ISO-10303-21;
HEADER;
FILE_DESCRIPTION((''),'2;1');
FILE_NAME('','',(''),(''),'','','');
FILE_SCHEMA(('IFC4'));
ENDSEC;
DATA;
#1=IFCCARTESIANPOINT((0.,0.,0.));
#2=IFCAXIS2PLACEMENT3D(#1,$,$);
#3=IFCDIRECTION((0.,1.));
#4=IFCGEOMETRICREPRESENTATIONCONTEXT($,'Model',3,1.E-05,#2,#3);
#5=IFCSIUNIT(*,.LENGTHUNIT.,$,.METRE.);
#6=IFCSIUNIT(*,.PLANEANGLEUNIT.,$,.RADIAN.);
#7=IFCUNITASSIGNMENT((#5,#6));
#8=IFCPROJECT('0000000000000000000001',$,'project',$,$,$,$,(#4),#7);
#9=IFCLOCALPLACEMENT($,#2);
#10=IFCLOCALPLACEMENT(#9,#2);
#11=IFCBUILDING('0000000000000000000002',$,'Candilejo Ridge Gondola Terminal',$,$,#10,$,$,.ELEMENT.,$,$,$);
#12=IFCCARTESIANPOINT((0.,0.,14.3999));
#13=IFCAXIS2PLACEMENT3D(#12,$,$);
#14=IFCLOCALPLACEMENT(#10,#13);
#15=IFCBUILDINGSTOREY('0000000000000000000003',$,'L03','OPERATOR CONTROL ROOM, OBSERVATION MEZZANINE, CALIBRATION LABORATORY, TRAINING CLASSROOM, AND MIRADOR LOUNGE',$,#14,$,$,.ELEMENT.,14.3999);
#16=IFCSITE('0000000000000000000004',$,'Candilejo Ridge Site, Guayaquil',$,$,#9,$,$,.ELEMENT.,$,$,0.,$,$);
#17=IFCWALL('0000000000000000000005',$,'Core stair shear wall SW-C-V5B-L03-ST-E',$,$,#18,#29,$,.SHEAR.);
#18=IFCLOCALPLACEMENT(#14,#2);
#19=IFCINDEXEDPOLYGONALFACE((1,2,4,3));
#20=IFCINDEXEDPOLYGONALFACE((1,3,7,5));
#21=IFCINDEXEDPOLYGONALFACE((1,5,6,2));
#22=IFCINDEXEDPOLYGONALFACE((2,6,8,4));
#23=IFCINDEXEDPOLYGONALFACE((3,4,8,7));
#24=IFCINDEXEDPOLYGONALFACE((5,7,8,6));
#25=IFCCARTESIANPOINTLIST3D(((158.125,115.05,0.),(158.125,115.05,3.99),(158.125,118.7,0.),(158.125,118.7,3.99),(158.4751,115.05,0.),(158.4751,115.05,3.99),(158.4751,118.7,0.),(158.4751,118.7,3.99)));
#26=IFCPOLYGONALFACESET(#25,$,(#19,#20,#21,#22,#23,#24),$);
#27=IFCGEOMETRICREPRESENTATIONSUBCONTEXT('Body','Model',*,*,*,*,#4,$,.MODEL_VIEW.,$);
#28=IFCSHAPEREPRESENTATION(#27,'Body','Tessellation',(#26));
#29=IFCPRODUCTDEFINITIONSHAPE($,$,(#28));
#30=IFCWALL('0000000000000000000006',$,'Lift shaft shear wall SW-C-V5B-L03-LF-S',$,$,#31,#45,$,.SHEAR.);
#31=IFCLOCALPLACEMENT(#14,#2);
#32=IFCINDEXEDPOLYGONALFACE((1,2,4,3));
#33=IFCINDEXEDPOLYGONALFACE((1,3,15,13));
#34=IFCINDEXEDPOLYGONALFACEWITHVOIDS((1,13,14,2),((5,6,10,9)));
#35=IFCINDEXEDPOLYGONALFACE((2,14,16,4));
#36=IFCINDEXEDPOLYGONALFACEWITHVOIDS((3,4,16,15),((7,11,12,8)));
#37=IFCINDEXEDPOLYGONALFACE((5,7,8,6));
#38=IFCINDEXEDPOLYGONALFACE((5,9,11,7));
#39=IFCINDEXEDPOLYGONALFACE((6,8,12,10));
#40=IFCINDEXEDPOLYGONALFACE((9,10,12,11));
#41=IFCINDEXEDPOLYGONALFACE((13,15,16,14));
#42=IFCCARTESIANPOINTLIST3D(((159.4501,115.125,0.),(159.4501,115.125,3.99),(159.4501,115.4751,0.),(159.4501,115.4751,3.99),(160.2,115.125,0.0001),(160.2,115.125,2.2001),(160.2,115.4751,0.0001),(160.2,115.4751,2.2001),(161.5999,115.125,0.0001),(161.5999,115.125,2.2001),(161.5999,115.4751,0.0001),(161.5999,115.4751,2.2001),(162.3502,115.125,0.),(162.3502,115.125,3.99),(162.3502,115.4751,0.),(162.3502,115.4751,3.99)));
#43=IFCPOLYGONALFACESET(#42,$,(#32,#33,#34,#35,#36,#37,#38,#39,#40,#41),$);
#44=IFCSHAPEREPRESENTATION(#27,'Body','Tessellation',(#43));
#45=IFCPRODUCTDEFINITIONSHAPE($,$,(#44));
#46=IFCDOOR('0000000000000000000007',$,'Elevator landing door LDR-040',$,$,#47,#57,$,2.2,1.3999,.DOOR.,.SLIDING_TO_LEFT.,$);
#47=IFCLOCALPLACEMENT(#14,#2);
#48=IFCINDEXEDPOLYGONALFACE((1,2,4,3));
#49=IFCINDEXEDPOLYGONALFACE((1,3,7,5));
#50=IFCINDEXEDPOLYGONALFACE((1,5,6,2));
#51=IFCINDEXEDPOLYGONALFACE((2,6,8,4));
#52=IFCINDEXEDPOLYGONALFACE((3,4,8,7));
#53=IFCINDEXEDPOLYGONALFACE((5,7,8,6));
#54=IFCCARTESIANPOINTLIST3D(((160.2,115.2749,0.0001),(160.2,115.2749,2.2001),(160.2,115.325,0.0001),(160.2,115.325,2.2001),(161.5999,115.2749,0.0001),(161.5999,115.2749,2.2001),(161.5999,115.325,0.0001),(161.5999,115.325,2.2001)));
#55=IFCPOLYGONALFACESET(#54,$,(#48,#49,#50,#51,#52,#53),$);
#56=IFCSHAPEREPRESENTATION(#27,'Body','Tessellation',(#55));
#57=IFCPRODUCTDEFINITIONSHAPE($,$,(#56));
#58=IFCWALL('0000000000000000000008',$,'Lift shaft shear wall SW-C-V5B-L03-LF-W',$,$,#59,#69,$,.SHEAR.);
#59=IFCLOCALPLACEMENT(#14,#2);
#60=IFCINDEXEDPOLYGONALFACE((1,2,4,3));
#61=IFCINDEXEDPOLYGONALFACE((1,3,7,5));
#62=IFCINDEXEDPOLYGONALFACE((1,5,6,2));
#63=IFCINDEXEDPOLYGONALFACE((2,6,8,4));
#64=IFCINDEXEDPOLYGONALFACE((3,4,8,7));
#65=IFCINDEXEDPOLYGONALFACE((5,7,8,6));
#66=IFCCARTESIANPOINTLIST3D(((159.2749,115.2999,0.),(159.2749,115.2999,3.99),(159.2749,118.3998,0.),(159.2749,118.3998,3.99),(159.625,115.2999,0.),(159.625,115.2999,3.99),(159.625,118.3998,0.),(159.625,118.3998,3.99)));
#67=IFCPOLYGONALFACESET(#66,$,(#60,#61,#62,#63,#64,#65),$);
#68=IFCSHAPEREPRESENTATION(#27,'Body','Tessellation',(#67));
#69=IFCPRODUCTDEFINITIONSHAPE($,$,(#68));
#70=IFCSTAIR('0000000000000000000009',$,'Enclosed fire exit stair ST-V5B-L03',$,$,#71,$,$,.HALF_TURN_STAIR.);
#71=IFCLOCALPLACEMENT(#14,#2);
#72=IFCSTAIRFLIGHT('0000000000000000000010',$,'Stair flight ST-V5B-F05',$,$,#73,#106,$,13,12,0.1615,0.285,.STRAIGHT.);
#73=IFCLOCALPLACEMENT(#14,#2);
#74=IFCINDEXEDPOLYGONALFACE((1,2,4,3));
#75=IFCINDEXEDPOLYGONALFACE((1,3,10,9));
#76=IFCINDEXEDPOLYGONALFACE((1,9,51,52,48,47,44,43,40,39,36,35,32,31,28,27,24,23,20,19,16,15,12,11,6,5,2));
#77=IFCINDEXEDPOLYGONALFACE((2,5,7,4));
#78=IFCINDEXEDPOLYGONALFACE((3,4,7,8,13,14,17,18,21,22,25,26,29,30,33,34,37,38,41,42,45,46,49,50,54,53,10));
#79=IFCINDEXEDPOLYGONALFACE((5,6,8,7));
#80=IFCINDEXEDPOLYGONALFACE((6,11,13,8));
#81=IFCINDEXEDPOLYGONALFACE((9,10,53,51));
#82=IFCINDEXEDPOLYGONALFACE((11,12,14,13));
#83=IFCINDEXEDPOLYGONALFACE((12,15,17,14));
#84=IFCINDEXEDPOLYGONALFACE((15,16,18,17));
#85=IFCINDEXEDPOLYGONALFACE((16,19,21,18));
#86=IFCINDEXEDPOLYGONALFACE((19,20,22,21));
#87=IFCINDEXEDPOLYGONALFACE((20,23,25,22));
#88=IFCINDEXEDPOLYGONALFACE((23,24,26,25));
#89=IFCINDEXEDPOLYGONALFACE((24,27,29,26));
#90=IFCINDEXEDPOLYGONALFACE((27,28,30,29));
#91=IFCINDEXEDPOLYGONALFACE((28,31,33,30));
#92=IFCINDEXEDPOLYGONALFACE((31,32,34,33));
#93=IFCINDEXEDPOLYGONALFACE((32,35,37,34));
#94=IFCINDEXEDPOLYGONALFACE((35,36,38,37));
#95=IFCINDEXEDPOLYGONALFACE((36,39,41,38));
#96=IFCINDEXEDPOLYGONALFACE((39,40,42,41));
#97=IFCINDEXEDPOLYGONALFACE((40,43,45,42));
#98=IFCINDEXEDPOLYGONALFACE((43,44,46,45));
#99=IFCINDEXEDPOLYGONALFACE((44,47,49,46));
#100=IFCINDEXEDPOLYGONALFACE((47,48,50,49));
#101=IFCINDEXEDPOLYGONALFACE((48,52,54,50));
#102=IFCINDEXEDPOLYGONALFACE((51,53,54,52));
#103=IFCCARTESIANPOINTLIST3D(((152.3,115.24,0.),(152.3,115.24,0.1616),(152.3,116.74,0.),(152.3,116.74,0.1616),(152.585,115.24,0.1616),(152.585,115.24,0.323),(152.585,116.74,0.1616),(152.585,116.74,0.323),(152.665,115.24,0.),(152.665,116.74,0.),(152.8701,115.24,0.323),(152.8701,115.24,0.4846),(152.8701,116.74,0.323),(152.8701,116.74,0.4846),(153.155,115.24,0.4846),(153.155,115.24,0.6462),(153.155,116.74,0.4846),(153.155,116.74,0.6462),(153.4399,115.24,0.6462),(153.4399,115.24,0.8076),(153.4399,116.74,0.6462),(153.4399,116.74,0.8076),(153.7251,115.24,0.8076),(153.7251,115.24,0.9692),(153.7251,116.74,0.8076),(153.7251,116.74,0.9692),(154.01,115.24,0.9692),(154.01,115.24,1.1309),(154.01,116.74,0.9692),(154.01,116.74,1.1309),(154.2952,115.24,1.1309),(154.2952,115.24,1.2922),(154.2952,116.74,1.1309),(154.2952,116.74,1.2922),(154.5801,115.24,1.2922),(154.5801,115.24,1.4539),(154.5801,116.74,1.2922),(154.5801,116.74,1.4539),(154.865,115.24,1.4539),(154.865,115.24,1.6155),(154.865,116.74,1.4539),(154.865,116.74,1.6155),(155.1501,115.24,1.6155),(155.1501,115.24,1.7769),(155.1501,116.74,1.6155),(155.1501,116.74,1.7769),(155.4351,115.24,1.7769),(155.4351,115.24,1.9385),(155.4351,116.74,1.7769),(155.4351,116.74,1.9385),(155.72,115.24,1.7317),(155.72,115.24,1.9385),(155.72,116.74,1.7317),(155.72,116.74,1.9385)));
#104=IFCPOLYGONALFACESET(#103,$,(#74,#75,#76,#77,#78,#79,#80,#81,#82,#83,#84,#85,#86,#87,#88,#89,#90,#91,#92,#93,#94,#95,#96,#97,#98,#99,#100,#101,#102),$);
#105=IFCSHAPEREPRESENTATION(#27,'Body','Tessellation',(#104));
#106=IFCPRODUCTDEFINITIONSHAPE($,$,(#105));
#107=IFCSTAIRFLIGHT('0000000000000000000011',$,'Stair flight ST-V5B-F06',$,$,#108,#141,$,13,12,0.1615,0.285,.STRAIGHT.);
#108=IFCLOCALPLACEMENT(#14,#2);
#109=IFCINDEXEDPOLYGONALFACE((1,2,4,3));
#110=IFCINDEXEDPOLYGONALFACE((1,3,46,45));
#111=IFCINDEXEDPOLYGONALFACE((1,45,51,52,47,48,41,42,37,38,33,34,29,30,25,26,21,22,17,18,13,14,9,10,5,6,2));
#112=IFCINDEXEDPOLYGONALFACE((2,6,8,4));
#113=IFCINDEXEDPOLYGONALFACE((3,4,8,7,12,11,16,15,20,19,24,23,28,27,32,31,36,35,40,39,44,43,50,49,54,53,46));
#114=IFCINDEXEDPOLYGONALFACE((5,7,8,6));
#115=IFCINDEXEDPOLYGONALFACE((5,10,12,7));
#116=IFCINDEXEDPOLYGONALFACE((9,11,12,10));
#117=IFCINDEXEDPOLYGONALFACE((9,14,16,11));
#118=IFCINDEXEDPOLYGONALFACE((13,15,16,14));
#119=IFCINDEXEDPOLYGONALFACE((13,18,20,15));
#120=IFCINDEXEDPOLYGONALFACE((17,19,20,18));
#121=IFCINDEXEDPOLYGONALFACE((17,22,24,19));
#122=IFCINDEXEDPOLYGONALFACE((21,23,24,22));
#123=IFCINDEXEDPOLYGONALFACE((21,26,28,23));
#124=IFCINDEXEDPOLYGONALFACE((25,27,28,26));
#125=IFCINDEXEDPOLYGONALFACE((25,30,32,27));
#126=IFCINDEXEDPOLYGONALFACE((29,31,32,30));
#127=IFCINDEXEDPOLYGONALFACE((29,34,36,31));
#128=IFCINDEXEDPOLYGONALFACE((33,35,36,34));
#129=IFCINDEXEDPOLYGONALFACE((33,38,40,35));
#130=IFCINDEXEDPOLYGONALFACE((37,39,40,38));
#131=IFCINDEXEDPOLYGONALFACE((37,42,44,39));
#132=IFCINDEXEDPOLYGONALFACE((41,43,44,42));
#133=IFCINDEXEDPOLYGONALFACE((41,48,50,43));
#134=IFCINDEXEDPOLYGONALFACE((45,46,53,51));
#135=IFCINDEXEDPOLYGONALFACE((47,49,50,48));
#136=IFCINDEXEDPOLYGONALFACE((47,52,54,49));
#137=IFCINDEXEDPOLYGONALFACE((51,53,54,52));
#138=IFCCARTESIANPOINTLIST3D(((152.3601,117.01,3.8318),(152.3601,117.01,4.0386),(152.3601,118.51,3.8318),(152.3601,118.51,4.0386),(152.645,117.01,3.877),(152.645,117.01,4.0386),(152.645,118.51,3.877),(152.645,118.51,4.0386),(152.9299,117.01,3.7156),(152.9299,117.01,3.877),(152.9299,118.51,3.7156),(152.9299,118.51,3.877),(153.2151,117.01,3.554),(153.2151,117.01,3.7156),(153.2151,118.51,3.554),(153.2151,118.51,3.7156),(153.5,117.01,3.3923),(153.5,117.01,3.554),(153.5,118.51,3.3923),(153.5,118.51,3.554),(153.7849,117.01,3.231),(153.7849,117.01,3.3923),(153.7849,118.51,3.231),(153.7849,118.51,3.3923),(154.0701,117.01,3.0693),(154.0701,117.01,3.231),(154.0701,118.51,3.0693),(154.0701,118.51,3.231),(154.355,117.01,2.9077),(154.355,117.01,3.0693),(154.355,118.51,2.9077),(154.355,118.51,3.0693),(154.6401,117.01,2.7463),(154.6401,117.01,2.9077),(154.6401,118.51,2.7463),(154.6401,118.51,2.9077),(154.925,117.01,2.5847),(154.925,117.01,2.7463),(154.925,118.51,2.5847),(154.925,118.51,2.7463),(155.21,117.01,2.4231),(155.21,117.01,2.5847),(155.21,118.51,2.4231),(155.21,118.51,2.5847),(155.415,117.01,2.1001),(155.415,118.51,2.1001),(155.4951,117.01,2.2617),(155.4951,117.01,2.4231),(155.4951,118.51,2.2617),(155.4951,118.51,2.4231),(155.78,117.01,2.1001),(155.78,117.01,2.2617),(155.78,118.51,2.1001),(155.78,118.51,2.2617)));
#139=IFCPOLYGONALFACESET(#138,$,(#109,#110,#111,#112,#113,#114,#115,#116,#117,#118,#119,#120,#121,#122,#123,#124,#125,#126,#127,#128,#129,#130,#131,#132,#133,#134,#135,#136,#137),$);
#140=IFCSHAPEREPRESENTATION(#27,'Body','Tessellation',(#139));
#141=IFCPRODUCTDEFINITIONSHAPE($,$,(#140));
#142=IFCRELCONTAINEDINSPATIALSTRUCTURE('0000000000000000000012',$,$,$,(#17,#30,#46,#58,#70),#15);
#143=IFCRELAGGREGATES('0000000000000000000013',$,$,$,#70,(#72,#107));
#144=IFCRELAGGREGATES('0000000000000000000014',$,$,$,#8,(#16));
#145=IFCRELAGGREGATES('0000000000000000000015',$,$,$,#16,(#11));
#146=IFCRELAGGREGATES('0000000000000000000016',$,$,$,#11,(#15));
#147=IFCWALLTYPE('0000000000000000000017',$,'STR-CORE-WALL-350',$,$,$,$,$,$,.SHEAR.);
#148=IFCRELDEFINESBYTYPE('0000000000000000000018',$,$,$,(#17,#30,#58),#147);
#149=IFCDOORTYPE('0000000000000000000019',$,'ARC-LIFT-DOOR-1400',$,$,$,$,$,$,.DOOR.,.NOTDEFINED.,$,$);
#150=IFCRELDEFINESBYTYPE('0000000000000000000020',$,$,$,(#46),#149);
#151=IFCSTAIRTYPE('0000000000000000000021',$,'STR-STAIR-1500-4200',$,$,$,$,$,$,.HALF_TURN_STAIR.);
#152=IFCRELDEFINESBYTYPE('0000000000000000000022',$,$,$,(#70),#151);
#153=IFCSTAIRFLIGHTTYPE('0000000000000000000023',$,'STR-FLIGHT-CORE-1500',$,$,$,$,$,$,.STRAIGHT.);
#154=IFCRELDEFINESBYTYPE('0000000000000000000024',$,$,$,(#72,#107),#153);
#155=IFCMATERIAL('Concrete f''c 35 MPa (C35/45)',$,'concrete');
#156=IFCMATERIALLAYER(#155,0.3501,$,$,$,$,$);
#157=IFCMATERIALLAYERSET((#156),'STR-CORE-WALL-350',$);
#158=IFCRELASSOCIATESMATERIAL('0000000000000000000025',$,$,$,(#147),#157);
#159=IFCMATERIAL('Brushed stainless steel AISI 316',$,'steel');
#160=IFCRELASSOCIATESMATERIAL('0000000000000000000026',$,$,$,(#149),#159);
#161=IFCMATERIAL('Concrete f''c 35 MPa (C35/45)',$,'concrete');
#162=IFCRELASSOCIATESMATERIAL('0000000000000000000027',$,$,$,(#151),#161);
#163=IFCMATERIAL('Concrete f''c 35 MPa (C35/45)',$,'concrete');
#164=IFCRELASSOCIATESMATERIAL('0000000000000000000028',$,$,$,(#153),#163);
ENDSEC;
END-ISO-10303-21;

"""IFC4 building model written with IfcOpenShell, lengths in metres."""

from ifc_helpers import new_model, si_unit, direction, frame, frame_2d, origin, place, context, subcontext, project, spatial, polyline, rectangle, outline, extrude, material, layer, layer_set, type_object, element, fill, aggregate, save


model = new_model("IFC4")

# Units and contexts
model_context = context("Model", 3, precision=1e-05, world=origin(), true_north=direction((0.0, 1.0)))
body_context = subcontext(model_context, "Body", "Model", "MODEL_VIEW")
ifc_project = project(units=[si_unit("LENGTHUNIT", "METRE"), si_unit("PLANEANGLEUNIT", "RADIAN")], contexts=[model_context])

# Site, building, storey
site_placement = place(None, origin())
site = spatial("IfcSite", under=ifc_project, at=site_placement, Name="Candilejo Ridge Site, Guayaquil", CompositionType="ELEMENT", RefElevation=0.0)
building_placement = place(site_placement, origin())
building = spatial("IfcBuilding", under=site, at=building_placement, Name="Candilejo Ridge Gondola Terminal", CompositionType="ELEMENT")
storey_placement = place(building_placement, frame((0.0, 0.0, 14.3999)))
storey = spatial("IfcBuildingStorey", under=building, at=storey_placement, Name="L03", Description="OPERATOR CONTROL ROOM, OBSERVATION MEZZANINE, CALIBRATION LABORATORY, TRAINING CLASSROOM, AND MIRADOR LOUNGE", CompositionType="ELEMENT", Elevation=14.3999)

# Shared definitions
ifc_material_1 = material(Name="Concrete f'c 35 MPa (C35/45)", Category="concrete")
ifc_layer_1 = layer(ifc_material_1, 0.3501)
ifc_layer_set_1 = layer_set([ifc_layer_1], Name="STR-CORE-WALL-350")
wall_type = type_object("IfcWallType", Name="STR-CORE-WALL-350", PredefinedType="SHEAR", material=ifc_layer_set_1)

# Wall
wall_1_placement = place(storey_placement, frame((158.3, 115.05, 0.0), z_axis=(0.0, 0.0, 1.0), x_axis=(0.0, 1.0, 0.0)))
element("IfcWall", 1, at=wall_1_placement, inside=storey, type_object=wall_type, Name="Core stair shear wall SW-C-V5B-L03-ST-E", PredefinedType="SHEAR", context=body_context, shape_type="SweptSolid", body=[
    extrude(rectangle(XDim=3.6499, YDim=0.3501, at=frame_2d((1.825, 0.0))), origin(), (0.0, 0.0, 1.0), 3.99),
])

# Wall, opening, door
wall_2_placement = place(storey_placement, frame((159.45, 115.3, 0.0), z_axis=(0.0, 0.0, 1.0), x_axis=(1.0, 0.0, 0.0)))
wall_2 = element("IfcWall", 2, at=wall_2_placement, inside=storey, type_object=wall_type, Name="Lift shaft shear wall SW-C-V5B-L03-LF-S", PredefinedType="SHEAR", context=body_context, shape_type="SweptSolid", body=[
    extrude(rectangle(XDim=2.9001, YDim=0.3501, at=frame_2d((1.4502, 0.0))), origin(), (0.0, 0.0, 1.0), 3.99),
])
opening_1_placement = place(wall_2_placement, frame((0.75, 0.0, 0.0)))
opening_1 = element("IfcOpeningElement", 3, at=opening_1_placement, cuts=wall_2, PredefinedType="OPENING", context=body_context, shape_type="SweptSolid", body=[
    extrude(rectangle(XDim=1.3999, YDim=2.2, at=frame_2d((0.7, 1.1001))), frame((0.0, 0.1851, 0.0), z_axis=(0.0, -1.0, 0.0), x_axis=(1.0, 0.0, 0.0)), (0.0, 0.0, 1.0), 0.3701),
])
ifc_material_2 = material(Name="Brushed stainless steel AISI 316", Category="steel")
door_type_1 = type_object("IfcDoorType", Name="ARC-LIFT-DOOR-1400", OperationType="NOTDEFINED", PredefinedType="DOOR", material=ifc_material_2)
door_1_placement = place(opening_1_placement, origin())
door_1 = element("IfcDoor", 4, at=door_1_placement, inside=storey, type_object=door_type_1, Name="Elevator landing door LDR-040", OperationType="SLIDING_TO_LEFT", OverallHeight=2.2, OverallWidth=1.3999, PredefinedType="DOOR", context=body_context, shape_type="SweptSolid", body=[
    extrude(rectangle(XDim=1.3999, YDim=2.2, at=frame_2d((0.7, 1.1001))), frame((0.0, 0.0249, 0.0), z_axis=(0.0, -1.0, 0.0), x_axis=(1.0, 0.0, 0.0)), (0.0, 0.0, 1.0), 0.05),
])
fill(opening_1, door_1)

# Wall
wall_3_placement = place(storey_placement, frame((159.45, 115.3, 0.0), z_axis=(0.0, 0.0, 1.0), x_axis=(0.0, 1.0, 0.0)))
element("IfcWall", 5, at=wall_3_placement, inside=storey, type_object=wall_type, Name="Lift shaft shear wall SW-C-V5B-L03-LF-W", PredefinedType="SHEAR", context=body_context, shape_type="SweptSolid", body=[
    extrude(rectangle(XDim=3.0999, YDim=0.3501, at=frame_2d((1.5498, 0.0))), origin(), (0.0, 0.0, 1.0), 3.99),
])

# Stair, stair flights
ifc_material_3 = material(Name="Concrete f'c 35 MPa (C35/45)", Category="concrete")
stair_type = type_object("IfcStairType", Name="STR-STAIR-1500-4200", PredefinedType="HALF_TURN_STAIR", material=ifc_material_3)
stair_placement = place(storey_placement, origin())
stair = element("IfcStair", 6, at=stair_placement, inside=storey, type_object=stair_type, Name="Enclosed fire exit stair ST-V5B-L03", PredefinedType="HALF_TURN_STAIR")
ifc_material_4 = material(Name="Concrete f'c 35 MPa (C35/45)", Category="concrete")
stair_flight_type = type_object("IfcStairFlightType", Name="STR-FLIGHT-CORE-1500", PredefinedType="STRAIGHT", material=ifc_material_4)
stair_flight_1_placement = place(storey_placement, frame((152.3, 115.99, 0.0), z_axis=(0.0, 0.0, 1.0), x_axis=(1.0, 0.0, 0.0)))
stair_flight_1 = element("IfcStairFlight", 7, at=stair_flight_1_placement, type_object=stair_flight_type, Name="Stair flight ST-V5B-F05", NumberOfRisers=13, NumberOfTreads=12, PredefinedType="STRAIGHT", RiserHeight=0.1615, TreadLength=0.285, context=body_context, shape_type="SweptSolid", body=[
    extrude(outline(polyline([(0.0, 0.0), (0.0, 0.1616), (0.2849, 0.1616), (0.2849, 0.323), (0.5701, 0.323), (0.5701, 0.4846), (0.855, 0.4846), (0.855, 0.6462), (1.1399, 0.6462), (1.1399, 0.8076), (1.425, 0.8076), (1.425, 0.9692), (1.71, 0.9692), (1.71, 1.1309), (1.9951, 1.1309), (1.9951, 1.2922), (2.28, 1.2922), (2.28, 1.4539), (2.5649, 1.4539), (2.5649, 1.6155), (2.8501, 1.6155), (2.8501, 1.7769), (3.135, 1.7769), (3.135, 1.9385), (3.4199, 1.9385), (3.4199, 2.1001), (3.4199, 1.7317), (0.365, 0.0), (0.0, 0.0)])), frame((0.0, 0.75, 0.0), z_axis=(0.0, -1.0, 0.0), x_axis=(1.0, 0.0, 0.0)), (0.0, 0.0, 1.0), 1.5),
])
stair_flight_2_placement = place(storey_placement, frame((155.78, 117.76, 2.1001), z_axis=(0.0, 0.0, 1.0), x_axis=(-1.0, 0.0, 0.0)))
stair_flight_2 = element("IfcStairFlight", 8, at=stair_flight_2_placement, type_object=stair_flight_type, Name="Stair flight ST-V5B-F06", NumberOfRisers=13, NumberOfTreads=12, PredefinedType="STRAIGHT", RiserHeight=0.1615, TreadLength=0.285, context=body_context, shape_type="SweptSolid", body=[
    extrude(outline(polyline([(0.0, 0.0), (0.0, 0.1616), (0.2849, 0.1616), (0.2849, 0.323), (0.5701, 0.323), (0.5701, 0.4846), (0.855, 0.4846), (0.855, 0.6462), (1.1399, 0.6462), (1.1399, 0.8076), (1.425, 0.8076), (1.425, 0.9692), (1.71, 0.9692), (1.71, 1.1309), (1.9951, 1.1309), (1.9951, 1.2922), (2.28, 1.2922), (2.28, 1.4539), (2.5649, 1.4539), (2.5649, 1.6155), (2.8501, 1.6155), (2.8501, 1.7769), (3.135, 1.7769), (3.135, 1.9385), (3.4199, 1.9385), (3.4199, 2.1001), (3.4199, 1.7317), (0.365, 0.0), (0.0, 0.0)])), frame((0.0, 0.75, 0.0), z_axis=(0.0, -1.0, 0.0), x_axis=(1.0, 0.0, 0.0)), (0.0, 0.0, 1.0), 1.5),
])
aggregate(stair, [stair_flight_1, stair_flight_2])

save(model, "model.ifc")
